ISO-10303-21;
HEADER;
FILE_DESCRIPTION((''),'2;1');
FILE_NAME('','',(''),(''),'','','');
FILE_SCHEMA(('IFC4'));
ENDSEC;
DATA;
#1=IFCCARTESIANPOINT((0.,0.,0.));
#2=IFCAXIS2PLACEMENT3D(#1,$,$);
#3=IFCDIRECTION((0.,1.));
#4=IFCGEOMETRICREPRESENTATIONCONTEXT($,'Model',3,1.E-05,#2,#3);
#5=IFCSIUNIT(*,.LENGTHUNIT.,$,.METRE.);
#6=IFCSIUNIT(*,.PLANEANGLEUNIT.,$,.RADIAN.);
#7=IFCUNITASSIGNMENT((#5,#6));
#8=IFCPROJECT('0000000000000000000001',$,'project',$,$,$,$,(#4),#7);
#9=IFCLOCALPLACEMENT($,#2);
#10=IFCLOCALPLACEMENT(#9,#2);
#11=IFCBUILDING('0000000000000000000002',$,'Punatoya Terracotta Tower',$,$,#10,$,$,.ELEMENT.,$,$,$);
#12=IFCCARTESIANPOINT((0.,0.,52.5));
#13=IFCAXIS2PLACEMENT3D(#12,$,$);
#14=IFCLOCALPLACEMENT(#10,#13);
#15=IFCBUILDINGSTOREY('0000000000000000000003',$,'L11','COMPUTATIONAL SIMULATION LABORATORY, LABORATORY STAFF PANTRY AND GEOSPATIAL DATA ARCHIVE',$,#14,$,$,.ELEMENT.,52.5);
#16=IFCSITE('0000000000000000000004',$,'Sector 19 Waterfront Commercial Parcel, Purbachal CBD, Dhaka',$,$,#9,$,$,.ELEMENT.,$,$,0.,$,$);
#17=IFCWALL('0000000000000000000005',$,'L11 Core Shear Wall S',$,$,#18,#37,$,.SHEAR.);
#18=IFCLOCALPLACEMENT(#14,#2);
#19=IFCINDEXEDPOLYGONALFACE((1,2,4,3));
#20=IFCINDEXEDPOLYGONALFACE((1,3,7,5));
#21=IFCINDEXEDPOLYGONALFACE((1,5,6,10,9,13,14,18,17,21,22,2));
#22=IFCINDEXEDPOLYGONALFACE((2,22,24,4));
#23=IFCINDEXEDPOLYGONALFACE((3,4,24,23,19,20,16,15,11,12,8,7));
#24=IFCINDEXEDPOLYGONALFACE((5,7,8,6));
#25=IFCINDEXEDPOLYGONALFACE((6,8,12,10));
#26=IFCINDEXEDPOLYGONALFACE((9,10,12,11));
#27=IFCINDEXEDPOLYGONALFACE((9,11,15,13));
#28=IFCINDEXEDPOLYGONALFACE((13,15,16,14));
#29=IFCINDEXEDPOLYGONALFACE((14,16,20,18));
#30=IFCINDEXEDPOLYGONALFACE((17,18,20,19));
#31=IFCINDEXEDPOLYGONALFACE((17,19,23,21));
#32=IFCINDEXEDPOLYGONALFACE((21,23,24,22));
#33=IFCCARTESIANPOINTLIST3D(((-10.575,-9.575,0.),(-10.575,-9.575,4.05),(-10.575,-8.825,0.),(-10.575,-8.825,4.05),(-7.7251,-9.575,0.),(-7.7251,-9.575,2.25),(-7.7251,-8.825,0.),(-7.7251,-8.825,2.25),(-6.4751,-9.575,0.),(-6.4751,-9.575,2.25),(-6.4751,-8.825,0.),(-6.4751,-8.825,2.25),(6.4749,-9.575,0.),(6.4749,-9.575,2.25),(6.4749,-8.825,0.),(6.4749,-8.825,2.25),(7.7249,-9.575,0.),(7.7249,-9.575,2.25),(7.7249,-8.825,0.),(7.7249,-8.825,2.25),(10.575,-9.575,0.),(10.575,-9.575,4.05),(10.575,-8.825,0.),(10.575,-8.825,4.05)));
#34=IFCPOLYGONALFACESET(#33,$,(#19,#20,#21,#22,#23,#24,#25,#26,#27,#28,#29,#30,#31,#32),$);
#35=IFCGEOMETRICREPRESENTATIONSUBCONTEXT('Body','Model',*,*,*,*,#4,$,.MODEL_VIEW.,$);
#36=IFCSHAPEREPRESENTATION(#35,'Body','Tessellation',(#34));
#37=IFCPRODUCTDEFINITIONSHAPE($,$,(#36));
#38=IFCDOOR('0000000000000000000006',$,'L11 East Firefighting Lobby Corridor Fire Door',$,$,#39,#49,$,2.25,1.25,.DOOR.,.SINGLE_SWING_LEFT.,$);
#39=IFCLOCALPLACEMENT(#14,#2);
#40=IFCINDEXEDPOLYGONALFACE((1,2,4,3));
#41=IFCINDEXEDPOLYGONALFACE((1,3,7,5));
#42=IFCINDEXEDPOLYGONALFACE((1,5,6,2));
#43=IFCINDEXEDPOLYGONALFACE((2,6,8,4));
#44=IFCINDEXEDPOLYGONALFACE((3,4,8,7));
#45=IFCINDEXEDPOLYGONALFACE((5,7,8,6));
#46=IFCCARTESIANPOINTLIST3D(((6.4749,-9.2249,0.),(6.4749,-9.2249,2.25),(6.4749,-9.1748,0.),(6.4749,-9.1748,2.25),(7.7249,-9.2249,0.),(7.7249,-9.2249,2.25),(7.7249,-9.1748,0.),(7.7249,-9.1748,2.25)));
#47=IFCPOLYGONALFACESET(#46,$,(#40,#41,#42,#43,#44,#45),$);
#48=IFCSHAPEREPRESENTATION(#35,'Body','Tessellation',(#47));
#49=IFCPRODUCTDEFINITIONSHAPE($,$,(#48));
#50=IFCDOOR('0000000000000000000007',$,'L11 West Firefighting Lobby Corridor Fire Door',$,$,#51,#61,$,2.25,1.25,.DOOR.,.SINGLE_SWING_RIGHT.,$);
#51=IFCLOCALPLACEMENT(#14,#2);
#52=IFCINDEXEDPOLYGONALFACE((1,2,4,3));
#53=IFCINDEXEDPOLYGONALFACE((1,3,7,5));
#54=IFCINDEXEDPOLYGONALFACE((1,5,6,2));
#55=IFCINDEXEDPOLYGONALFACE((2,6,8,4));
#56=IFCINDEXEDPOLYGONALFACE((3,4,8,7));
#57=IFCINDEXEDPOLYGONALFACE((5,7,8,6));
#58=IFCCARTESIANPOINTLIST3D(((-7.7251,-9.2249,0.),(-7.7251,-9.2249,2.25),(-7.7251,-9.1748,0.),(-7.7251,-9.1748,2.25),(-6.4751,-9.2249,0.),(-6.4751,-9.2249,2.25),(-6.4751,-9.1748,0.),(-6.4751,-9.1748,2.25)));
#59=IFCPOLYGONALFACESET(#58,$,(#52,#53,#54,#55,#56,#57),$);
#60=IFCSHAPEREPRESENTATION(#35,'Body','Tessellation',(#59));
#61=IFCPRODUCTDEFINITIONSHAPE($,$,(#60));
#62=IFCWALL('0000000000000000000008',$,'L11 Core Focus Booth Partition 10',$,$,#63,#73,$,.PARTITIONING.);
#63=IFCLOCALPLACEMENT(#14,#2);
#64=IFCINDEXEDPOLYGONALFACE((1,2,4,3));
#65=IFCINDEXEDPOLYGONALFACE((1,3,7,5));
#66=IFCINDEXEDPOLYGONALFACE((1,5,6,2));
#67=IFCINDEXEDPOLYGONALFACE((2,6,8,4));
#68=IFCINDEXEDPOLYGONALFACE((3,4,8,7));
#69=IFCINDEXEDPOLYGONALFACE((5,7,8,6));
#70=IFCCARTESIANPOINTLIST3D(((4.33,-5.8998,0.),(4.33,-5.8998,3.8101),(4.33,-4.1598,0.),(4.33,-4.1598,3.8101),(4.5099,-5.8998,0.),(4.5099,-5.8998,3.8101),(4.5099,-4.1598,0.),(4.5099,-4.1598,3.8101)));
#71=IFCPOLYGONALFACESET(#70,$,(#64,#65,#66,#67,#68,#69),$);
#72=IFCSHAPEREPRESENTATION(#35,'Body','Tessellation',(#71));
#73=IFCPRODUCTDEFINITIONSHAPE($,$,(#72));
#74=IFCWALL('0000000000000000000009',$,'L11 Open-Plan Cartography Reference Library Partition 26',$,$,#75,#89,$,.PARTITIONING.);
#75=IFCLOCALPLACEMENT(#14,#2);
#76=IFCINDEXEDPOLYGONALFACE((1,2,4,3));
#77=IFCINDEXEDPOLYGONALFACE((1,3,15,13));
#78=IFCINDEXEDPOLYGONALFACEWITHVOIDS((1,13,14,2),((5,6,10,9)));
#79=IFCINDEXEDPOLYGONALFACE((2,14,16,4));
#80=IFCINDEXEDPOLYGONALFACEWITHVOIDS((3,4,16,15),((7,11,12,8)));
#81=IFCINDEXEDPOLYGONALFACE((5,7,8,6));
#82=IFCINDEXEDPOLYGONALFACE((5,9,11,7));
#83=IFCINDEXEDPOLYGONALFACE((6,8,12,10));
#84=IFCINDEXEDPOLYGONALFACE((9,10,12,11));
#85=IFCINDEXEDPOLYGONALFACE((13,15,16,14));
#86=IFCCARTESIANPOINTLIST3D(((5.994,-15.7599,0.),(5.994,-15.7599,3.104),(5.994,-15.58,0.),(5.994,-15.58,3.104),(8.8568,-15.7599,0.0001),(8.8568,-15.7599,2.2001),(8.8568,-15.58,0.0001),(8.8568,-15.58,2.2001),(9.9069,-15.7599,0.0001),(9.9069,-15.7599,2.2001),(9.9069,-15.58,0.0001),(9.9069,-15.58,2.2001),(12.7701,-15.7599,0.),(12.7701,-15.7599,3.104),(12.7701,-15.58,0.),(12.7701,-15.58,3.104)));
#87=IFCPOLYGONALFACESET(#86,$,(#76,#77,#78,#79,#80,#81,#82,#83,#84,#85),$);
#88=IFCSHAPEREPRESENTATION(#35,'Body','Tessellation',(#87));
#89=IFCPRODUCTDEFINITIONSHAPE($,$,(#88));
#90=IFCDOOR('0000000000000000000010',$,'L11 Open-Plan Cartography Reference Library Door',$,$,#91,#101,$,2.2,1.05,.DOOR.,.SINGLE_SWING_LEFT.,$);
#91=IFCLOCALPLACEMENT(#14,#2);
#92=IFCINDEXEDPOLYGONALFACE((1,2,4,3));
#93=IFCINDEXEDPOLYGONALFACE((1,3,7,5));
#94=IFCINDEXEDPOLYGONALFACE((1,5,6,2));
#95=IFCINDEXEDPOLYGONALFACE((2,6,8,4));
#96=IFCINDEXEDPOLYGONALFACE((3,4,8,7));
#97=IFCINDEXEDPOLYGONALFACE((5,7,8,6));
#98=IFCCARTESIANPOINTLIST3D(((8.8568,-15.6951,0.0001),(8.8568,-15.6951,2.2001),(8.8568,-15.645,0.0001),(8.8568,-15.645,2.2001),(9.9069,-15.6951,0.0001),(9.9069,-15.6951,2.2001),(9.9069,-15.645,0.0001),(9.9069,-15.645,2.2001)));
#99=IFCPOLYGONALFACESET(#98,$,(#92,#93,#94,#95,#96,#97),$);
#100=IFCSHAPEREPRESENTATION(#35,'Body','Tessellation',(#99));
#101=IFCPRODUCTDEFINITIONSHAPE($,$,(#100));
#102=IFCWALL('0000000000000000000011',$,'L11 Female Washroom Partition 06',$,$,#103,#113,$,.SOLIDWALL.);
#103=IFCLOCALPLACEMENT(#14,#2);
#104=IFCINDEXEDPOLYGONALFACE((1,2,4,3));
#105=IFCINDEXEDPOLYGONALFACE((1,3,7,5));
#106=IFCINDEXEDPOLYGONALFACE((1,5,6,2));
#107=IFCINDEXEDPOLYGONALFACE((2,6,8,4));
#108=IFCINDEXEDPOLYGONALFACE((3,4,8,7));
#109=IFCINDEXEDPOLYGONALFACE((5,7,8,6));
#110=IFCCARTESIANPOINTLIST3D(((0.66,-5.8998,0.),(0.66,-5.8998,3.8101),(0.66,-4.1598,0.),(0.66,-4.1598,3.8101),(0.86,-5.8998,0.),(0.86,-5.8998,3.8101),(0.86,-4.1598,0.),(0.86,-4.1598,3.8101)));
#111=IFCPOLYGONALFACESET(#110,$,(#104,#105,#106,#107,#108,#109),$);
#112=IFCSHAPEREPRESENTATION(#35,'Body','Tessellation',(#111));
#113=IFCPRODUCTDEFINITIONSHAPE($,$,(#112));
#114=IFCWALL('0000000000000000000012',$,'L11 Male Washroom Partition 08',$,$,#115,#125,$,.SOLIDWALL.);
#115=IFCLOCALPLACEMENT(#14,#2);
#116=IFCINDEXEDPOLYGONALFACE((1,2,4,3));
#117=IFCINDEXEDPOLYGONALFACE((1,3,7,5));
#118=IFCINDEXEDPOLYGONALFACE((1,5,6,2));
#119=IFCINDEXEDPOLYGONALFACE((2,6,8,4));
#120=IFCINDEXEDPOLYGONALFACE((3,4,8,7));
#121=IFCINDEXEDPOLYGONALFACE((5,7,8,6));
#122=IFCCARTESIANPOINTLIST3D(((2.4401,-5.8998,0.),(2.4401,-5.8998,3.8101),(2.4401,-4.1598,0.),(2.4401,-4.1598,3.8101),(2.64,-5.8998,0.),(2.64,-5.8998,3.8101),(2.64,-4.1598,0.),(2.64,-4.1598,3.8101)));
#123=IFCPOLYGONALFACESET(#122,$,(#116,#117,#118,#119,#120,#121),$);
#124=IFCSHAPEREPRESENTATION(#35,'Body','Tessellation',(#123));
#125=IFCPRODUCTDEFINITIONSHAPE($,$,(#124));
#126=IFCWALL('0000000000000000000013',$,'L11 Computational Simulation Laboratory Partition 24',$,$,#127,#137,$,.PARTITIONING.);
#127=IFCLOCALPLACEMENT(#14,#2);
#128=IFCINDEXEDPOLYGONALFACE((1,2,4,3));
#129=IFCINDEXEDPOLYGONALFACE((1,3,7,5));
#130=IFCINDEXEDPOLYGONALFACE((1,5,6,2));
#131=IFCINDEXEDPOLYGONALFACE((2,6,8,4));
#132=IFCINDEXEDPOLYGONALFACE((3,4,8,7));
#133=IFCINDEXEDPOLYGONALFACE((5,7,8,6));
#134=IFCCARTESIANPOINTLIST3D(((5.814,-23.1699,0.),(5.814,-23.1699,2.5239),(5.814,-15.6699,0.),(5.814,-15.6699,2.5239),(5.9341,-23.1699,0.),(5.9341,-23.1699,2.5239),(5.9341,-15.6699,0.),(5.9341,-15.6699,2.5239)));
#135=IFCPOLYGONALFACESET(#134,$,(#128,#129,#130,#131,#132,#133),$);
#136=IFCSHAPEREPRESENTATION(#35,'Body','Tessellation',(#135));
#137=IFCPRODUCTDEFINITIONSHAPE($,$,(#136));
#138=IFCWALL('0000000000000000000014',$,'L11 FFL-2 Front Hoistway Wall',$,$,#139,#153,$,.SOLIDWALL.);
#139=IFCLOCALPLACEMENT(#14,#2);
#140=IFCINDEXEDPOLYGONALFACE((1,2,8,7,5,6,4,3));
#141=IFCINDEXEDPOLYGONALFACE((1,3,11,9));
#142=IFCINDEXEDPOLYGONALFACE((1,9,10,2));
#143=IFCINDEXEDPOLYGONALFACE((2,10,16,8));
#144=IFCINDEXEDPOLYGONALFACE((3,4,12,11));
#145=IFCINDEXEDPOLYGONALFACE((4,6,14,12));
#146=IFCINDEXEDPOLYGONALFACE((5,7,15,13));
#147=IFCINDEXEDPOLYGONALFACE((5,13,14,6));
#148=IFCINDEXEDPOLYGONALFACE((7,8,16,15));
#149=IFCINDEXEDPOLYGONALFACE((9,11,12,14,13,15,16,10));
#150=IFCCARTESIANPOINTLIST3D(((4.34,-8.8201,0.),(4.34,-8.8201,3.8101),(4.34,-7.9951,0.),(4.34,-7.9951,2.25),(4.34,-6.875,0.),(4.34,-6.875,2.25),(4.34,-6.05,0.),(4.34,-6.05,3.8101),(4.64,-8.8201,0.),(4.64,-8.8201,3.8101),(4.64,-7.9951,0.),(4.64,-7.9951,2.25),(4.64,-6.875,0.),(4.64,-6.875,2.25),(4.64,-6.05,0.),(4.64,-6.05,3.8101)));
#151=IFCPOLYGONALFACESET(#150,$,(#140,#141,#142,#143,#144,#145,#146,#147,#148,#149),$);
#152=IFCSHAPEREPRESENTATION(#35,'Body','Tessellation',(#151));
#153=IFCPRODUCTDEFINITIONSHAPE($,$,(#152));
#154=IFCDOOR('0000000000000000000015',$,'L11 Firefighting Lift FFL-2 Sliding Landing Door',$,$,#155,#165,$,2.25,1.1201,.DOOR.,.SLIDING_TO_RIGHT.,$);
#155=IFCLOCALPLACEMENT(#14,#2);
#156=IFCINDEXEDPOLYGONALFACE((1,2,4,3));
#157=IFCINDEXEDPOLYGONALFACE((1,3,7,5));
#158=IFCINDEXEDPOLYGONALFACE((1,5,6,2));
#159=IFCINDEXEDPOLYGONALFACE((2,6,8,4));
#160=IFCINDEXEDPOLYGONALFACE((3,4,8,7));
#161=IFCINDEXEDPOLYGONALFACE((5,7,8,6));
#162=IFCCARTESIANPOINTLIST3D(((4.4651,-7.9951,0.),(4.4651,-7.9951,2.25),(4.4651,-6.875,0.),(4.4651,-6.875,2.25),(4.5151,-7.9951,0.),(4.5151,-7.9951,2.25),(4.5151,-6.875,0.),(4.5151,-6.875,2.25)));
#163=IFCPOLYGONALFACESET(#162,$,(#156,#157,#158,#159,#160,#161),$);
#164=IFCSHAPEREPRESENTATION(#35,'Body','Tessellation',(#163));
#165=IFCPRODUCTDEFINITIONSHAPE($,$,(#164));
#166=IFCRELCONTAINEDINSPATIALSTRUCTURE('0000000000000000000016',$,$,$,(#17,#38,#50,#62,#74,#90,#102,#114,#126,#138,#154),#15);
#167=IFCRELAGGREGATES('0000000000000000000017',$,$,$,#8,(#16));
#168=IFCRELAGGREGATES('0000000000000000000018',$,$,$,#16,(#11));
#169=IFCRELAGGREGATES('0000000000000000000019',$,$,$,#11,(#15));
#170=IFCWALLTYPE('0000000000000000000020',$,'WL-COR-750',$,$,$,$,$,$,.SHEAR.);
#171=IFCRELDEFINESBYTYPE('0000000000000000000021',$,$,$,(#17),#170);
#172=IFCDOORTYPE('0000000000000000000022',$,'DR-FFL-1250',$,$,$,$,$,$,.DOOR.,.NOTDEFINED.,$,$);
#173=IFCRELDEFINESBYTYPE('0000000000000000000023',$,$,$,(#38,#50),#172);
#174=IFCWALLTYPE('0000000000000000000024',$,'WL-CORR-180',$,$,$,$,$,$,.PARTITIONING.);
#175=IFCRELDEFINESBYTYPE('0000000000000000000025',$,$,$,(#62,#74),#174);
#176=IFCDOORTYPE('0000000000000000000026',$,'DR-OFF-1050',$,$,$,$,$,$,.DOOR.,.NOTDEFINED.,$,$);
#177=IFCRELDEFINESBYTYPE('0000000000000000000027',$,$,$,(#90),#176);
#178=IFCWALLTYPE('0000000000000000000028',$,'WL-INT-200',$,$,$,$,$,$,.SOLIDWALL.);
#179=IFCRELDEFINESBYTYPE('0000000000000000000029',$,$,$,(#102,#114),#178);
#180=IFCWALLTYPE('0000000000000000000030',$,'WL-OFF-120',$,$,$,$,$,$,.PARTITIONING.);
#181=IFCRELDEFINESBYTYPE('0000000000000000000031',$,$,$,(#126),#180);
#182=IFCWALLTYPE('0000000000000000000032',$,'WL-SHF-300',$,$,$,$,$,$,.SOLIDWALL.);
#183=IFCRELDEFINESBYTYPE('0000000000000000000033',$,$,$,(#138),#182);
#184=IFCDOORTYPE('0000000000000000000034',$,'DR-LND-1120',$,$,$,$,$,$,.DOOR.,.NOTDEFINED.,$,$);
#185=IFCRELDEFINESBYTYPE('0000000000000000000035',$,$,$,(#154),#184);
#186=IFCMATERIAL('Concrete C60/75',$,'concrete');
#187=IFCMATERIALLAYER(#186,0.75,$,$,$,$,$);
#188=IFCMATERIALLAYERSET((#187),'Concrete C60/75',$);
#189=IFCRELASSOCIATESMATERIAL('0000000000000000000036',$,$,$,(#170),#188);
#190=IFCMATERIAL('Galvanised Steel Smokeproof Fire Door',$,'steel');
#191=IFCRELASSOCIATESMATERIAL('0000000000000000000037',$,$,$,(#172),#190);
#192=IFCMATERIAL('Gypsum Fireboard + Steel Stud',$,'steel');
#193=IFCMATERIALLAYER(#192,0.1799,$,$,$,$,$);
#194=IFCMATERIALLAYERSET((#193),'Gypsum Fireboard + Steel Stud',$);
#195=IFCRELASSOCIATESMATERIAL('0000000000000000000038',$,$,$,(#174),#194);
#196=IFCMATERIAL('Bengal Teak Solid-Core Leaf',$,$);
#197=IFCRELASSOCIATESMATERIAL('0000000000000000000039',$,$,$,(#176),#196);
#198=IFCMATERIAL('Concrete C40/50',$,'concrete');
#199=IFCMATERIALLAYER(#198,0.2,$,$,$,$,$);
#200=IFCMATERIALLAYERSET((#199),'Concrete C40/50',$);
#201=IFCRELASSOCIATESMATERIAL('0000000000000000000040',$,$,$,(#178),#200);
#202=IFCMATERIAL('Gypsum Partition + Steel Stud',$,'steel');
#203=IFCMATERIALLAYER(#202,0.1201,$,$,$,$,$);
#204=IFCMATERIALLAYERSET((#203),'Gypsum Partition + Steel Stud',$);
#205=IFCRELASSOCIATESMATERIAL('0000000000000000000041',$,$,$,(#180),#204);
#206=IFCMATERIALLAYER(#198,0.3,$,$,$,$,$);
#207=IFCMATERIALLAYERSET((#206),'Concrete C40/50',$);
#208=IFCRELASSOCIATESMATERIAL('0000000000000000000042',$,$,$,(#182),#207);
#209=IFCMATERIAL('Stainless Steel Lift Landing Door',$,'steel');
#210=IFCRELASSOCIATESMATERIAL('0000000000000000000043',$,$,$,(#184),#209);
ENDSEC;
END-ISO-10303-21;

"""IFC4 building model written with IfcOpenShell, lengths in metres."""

from ifc_helpers import new_model, si_unit, direction, frame, frame_2d, origin, place, context, subcontext, project, spatial, rectangle, extrude, material, layer, layer_set, type_object, element, fill, save


model = new_model("IFC4")

# Units and contexts
model_context = context("Model", 3, precision=1e-05, world=origin(), true_north=direction((0.0, 1.0)))
body_context = subcontext(model_context, "Body", "Model", "MODEL_VIEW")
ifc_project = project(units=[si_unit("LENGTHUNIT", "METRE"), si_unit("PLANEANGLEUNIT", "RADIAN")], contexts=[model_context])

# Site, building, storey
site_placement = place(None, origin())
site = spatial("IfcSite", under=ifc_project, at=site_placement, Name="Sector 19 Waterfront Commercial Parcel, Purbachal CBD, Dhaka", CompositionType="ELEMENT", RefElevation=0.0)
building_placement = place(site_placement, origin())
building = spatial("IfcBuilding", under=site, at=building_placement, Name="Punatoya Terracotta Tower", CompositionType="ELEMENT")
storey_placement = place(building_placement, frame((0.0, 0.0, 52.5)))
storey = spatial("IfcBuildingStorey", under=building, at=storey_placement, Name="L11", Description="COMPUTATIONAL SIMULATION LABORATORY, LABORATORY STAFF PANTRY AND GEOSPATIAL DATA ARCHIVE", CompositionType="ELEMENT", Elevation=52.5)

# Wall, openings, doors
ifc_material_1 = material(Name="Concrete C60/75", Category="concrete")
ifc_layer_1 = layer(ifc_material_1, 0.75)
ifc_layer_set_1 = layer_set([ifc_layer_1], Name="Concrete C60/75")
wall_type_1 = type_object("IfcWallType", Name="WL-COR-750", PredefinedType="SHEAR", material=ifc_layer_set_1)
wall_1_placement = place(storey_placement, frame((10.575, -9.2, 0.0), z_axis=(0.0, 0.0, 1.0), x_axis=(-1.0, 0.0, 0.0)))
wall_1 = element("IfcWall", 1, at=wall_1_placement, inside=storey, type_object=wall_type_1, Name="L11 Core Shear Wall S", PredefinedType="SHEAR", context=body_context, shape_type="SweptSolid", body=[
    extrude(rectangle(XDim=21.1499, YDim=0.75, at=frame_2d((10.575, 0.0))), origin(), (0.0, 0.0, 1.0), 4.05),
])
opening_1_placement = place(wall_1_placement, frame((2.8501, 0.0, 0.0)))
opening_1 = element("IfcOpeningElement", 2, at=opening_1_placement, cuts=wall_1, PredefinedType="OPENING", context=body_context, shape_type="SweptSolid", body=[
    extrude(rectangle(XDim=1.25, YDim=2.25, at=frame_2d((0.625, 1.125))), frame((0.0, 0.385, 0.0), z_axis=(0.0, -1.0, 0.0), x_axis=(1.0, 0.0, 0.0)), (0.0, 0.0, 1.0), 0.77),
])
opening_2_placement = place(wall_1_placement, frame((17.05, 0.0, 0.0)))
opening_2 = element("IfcOpeningElement", 3, at=opening_2_placement, cuts=wall_1, PredefinedType="OPENING", context=body_context, shape_type="SweptSolid", body=[
    extrude(rectangle(XDim=1.25, YDim=2.25, at=frame_2d((0.625, 1.125))), frame((0.0, 0.385, 0.0), z_axis=(0.0, -1.0, 0.0), x_axis=(1.0, 0.0, 0.0)), (0.0, 0.0, 1.0), 0.77),
])
ifc_material_2 = material(Name="Galvanised Steel Smokeproof Fire Door", Category="steel")
door_type_1 = type_object("IfcDoorType", Name="DR-FFL-1250", OperationType="NOTDEFINED", PredefinedType="DOOR", material=ifc_material_2)
door_1_placement = place(opening_1_placement, origin())
door_1 = element("IfcDoor", 4, at=door_1_placement, inside=storey, type_object=door_type_1, Name="L11 East Firefighting Lobby Corridor Fire Door", OperationType="SINGLE_SWING_LEFT", OverallHeight=2.25, OverallWidth=1.25, PredefinedType="DOOR", context=body_context, shape_type="SweptSolid", body=[
    extrude(rectangle(XDim=1.25, YDim=2.25, at=frame_2d((0.625, 1.125))), frame((0.0, 0.0249, 0.0), z_axis=(0.0, -1.0, 0.0), x_axis=(1.0, 0.0, 0.0)), (0.0, 0.0, 1.0), 0.05),
])
fill(opening_1, door_1)
door_2_placement = place(opening_2_placement, origin())
door_2 = element("IfcDoor", 5, at=door_2_placement, inside=storey, type_object=door_type_1, Name="L11 West Firefighting Lobby Corridor Fire Door", OperationType="SINGLE_SWING_RIGHT", OverallHeight=2.25, OverallWidth=1.25, PredefinedType="DOOR", context=body_context, shape_type="SweptSolid", body=[
    extrude(rectangle(XDim=1.25, YDim=2.25, at=frame_2d((0.625, 1.125))), frame((0.0, 0.0249, 0.0), z_axis=(0.0, -1.0, 0.0), x_axis=(1.0, 0.0, 0.0)), (0.0, 0.0, 1.0), 0.05),
])
fill(opening_2, door_2)

# Wall
ifc_material_3 = material(Name="Gypsum Fireboard + Steel Stud", Category="steel")
ifc_layer_2 = layer(ifc_material_3, 0.1799)
ifc_layer_set_2 = layer_set([ifc_layer_2], Name="Gypsum Fireboard + Steel Stud")
wall_type_2 = type_object("IfcWallType", Name="WL-CORR-180", PredefinedType="PARTITIONING", material=ifc_layer_set_2)
wall_2_placement = place(storey_placement, frame((4.4199, -5.8999, 0.0), z_axis=(0.0, 0.0, 1.0), x_axis=(0.0, 1.0, 0.0)))
element("IfcWall", 6, at=wall_2_placement, inside=storey, type_object=wall_type_2, Name="L11 Core Focus Booth Partition 10", PredefinedType="PARTITIONING", context=body_context, shape_type="SweptSolid", body=[
    extrude(rectangle(XDim=1.74, YDim=0.1799, at=frame_2d((0.8701, 0.0))), origin(), (0.0, 0.0, 1.0), 3.8101),
])

# Wall, opening, door
wall_3_placement = place(storey_placement, frame((5.9939, -15.6699, 0.0), z_axis=(0.0, 0.0, 1.0), x_axis=(1.0, 0.0, 0.0)))
wall_3 = element("IfcWall", 7, at=wall_3_placement, inside=storey, type_object=wall_type_2, Name="L11 Open-Plan Cartography Reference Library Partition 26", PredefinedType="PARTITIONING", context=body_context, shape_type="SweptSolid", body=[
    extrude(rectangle(XDim=6.7761, YDim=0.1799, at=frame_2d((3.3882, 0.0))), origin(), (0.0, 0.0, 1.0), 3.104),
])
opening_3_placement = place(wall_3_placement, frame((2.863, 0.0, 0.0)))
opening_3 = element("IfcOpeningElement", 8, at=opening_3_placement, cuts=wall_3, PredefinedType="OPENING", context=body_context, shape_type="SweptSolid", body=[
    extrude(rectangle(XDim=1.05, YDim=2.2, at=frame_2d((0.5249, 1.1001))), frame((0.0, 0.0999, 0.0), z_axis=(0.0, -1.0, 0.0), x_axis=(1.0, 0.0, 0.0)), (0.0, 0.0, 1.0), 0.2),
])
ifc_material_4 = material(Name="Bengal Teak Solid-Core Leaf")
door_type_2 = type_object("IfcDoorType", Name="DR-OFF-1050", OperationType="NOTDEFINED", PredefinedType="DOOR", material=ifc_material_4)
door_3_placement = place(opening_3_placement, origin())
door_3 = element("IfcDoor", 9, at=door_3_placement, inside=storey, type_object=door_type_2, Name="L11 Open-Plan Cartography Reference Library Door", OperationType="SINGLE_SWING_LEFT", OverallHeight=2.2, OverallWidth=1.05, PredefinedType="DOOR", context=body_context, shape_type="SweptSolid", body=[
    extrude(rectangle(XDim=1.05, YDim=2.2, at=frame_2d((0.5249, 1.1001))), frame((0.0, 0.0249, 0.0), z_axis=(0.0, -1.0, 0.0), x_axis=(1.0, 0.0, 0.0)), (0.0, 0.0, 1.0), 0.05),
])
fill(opening_3, door_3)

# Walls
ifc_material_5 = material(Name="Concrete C40/50", Category="concrete")
ifc_layer_3 = layer(ifc_material_5, 0.2)
ifc_layer_set_3 = layer_set([ifc_layer_3], Name="Concrete C40/50")
wall_type_3 = type_object("IfcWallType", Name="WL-INT-200", PredefinedType="SOLIDWALL", material=ifc_layer_set_3)
for number, where, z_axis, x_axis, name in (
    (10, (0.76, -5.8999, 0.0), (0.0, 0.0, 1.0), (0.0, 1.0, 0.0), "L11 Female Washroom Partition 06"),
    (11, (2.54, -5.8999, 0.0), (0.0, 0.0, 1.0), (0.0, 1.0, 0.0), "L11 Male Washroom Partition 08"),
):
    element("IfcWall", number, at=place(storey_placement, frame(where, z_axis=z_axis, x_axis=x_axis)), inside=storey, type_object=wall_type_3, Name=name, PredefinedType="SOLIDWALL", context=body_context, shape_type="SweptSolid", body=[
        extrude(rectangle(XDim=1.74, YDim=0.2, at=frame_2d((0.8701, 0.0))), origin(), (0.0, 0.0, 1.0), 3.8101),
    ])
ifc_material_6 = material(Name="Gypsum Partition + Steel Stud", Category="steel")
ifc_layer_4 = layer(ifc_material_6, 0.1201)
ifc_layer_set_4 = layer_set([ifc_layer_4], Name="Gypsum Partition + Steel Stud")
wall_type_4 = type_object("IfcWallType", Name="WL-OFF-120", PredefinedType="PARTITIONING", material=ifc_layer_set_4)
wall_4_placement = place(storey_placement, frame((5.874, -15.6699, 0.0), z_axis=(0.0, 0.0, 1.0), x_axis=(0.0, -1.0, 0.0)))
element("IfcWall", 12, at=wall_4_placement, inside=storey, type_object=wall_type_4, Name="L11 Computational Simulation Laboratory Partition 24", PredefinedType="PARTITIONING", context=body_context, shape_type="SweptSolid", body=[
    extrude(rectangle(XDim=7.5, YDim=0.1201, at=frame_2d((3.75, 0.0))), origin(), (0.0, 0.0, 1.0), 2.5239),
])

# Wall, opening, door
ifc_layer_5 = layer(ifc_material_5, 0.3)
ifc_layer_set_5 = layer_set([ifc_layer_5], Name="Concrete C40/50")
wall_type_5 = type_object("IfcWallType", Name="WL-SHF-300", PredefinedType="SOLIDWALL", material=ifc_layer_set_5)
wall_5_placement = place(storey_placement, frame((4.49, -8.8201, 0.0), z_axis=(0.0, 0.0, 1.0), x_axis=(0.0, 1.0, 0.0)))
wall_5 = element("IfcWall", 13, at=wall_5_placement, inside=storey, type_object=wall_type_5, Name="L11 FFL-2 Front Hoistway Wall", PredefinedType="SOLIDWALL", context=body_context, shape_type="SweptSolid", body=[
    extrude(rectangle(XDim=2.77, YDim=0.3, at=frame_2d((1.385, 0.0))), origin(), (0.0, 0.0, 1.0), 3.8101),
])
opening_4_placement = place(wall_5_placement, frame((0.825, 0.0, 0.0)))
opening_4 = element("IfcOpeningElement", 14, at=opening_4_placement, cuts=wall_5, PredefinedType="OPENING", context=body_context, shape_type="SweptSolid", body=[
    extrude(rectangle(XDim=1.1201, YDim=2.25, at=frame_2d((0.5601, 1.125))), frame((0.0, 0.1599, 0.0), z_axis=(0.0, -1.0, 0.0), x_axis=(1.0, 0.0, 0.0)), (0.0, 0.0, 1.0), 0.3201),
])
ifc_material_7 = material(Name="Stainless Steel Lift Landing Door", Category="steel")
door_type_3 = type_object("IfcDoorType", Name="DR-LND-1120", OperationType="NOTDEFINED", PredefinedType="DOOR", material=ifc_material_7)
door_4_placement = place(opening_4_placement, origin())
door_4 = element("IfcDoor", 15, at=door_4_placement, inside=storey, type_object=door_type_3, Name="L11 Firefighting Lift FFL-2 Sliding Landing Door", OperationType="SLIDING_TO_RIGHT", OverallHeight=2.25, OverallWidth=1.1201, PredefinedType="DOOR", context=body_context, shape_type="SweptSolid", body=[
    extrude(rectangle(XDim=1.1201, YDim=2.25, at=frame_2d((0.5601, 1.125))), frame((0.0, 0.0249, 0.0), z_axis=(0.0, -1.0, 0.0), x_axis=(1.0, 0.0, 0.0)), (0.0, 0.0, 1.0), 0.05),
])
fill(opening_4, door_4)

save(model, "model.ifc")
